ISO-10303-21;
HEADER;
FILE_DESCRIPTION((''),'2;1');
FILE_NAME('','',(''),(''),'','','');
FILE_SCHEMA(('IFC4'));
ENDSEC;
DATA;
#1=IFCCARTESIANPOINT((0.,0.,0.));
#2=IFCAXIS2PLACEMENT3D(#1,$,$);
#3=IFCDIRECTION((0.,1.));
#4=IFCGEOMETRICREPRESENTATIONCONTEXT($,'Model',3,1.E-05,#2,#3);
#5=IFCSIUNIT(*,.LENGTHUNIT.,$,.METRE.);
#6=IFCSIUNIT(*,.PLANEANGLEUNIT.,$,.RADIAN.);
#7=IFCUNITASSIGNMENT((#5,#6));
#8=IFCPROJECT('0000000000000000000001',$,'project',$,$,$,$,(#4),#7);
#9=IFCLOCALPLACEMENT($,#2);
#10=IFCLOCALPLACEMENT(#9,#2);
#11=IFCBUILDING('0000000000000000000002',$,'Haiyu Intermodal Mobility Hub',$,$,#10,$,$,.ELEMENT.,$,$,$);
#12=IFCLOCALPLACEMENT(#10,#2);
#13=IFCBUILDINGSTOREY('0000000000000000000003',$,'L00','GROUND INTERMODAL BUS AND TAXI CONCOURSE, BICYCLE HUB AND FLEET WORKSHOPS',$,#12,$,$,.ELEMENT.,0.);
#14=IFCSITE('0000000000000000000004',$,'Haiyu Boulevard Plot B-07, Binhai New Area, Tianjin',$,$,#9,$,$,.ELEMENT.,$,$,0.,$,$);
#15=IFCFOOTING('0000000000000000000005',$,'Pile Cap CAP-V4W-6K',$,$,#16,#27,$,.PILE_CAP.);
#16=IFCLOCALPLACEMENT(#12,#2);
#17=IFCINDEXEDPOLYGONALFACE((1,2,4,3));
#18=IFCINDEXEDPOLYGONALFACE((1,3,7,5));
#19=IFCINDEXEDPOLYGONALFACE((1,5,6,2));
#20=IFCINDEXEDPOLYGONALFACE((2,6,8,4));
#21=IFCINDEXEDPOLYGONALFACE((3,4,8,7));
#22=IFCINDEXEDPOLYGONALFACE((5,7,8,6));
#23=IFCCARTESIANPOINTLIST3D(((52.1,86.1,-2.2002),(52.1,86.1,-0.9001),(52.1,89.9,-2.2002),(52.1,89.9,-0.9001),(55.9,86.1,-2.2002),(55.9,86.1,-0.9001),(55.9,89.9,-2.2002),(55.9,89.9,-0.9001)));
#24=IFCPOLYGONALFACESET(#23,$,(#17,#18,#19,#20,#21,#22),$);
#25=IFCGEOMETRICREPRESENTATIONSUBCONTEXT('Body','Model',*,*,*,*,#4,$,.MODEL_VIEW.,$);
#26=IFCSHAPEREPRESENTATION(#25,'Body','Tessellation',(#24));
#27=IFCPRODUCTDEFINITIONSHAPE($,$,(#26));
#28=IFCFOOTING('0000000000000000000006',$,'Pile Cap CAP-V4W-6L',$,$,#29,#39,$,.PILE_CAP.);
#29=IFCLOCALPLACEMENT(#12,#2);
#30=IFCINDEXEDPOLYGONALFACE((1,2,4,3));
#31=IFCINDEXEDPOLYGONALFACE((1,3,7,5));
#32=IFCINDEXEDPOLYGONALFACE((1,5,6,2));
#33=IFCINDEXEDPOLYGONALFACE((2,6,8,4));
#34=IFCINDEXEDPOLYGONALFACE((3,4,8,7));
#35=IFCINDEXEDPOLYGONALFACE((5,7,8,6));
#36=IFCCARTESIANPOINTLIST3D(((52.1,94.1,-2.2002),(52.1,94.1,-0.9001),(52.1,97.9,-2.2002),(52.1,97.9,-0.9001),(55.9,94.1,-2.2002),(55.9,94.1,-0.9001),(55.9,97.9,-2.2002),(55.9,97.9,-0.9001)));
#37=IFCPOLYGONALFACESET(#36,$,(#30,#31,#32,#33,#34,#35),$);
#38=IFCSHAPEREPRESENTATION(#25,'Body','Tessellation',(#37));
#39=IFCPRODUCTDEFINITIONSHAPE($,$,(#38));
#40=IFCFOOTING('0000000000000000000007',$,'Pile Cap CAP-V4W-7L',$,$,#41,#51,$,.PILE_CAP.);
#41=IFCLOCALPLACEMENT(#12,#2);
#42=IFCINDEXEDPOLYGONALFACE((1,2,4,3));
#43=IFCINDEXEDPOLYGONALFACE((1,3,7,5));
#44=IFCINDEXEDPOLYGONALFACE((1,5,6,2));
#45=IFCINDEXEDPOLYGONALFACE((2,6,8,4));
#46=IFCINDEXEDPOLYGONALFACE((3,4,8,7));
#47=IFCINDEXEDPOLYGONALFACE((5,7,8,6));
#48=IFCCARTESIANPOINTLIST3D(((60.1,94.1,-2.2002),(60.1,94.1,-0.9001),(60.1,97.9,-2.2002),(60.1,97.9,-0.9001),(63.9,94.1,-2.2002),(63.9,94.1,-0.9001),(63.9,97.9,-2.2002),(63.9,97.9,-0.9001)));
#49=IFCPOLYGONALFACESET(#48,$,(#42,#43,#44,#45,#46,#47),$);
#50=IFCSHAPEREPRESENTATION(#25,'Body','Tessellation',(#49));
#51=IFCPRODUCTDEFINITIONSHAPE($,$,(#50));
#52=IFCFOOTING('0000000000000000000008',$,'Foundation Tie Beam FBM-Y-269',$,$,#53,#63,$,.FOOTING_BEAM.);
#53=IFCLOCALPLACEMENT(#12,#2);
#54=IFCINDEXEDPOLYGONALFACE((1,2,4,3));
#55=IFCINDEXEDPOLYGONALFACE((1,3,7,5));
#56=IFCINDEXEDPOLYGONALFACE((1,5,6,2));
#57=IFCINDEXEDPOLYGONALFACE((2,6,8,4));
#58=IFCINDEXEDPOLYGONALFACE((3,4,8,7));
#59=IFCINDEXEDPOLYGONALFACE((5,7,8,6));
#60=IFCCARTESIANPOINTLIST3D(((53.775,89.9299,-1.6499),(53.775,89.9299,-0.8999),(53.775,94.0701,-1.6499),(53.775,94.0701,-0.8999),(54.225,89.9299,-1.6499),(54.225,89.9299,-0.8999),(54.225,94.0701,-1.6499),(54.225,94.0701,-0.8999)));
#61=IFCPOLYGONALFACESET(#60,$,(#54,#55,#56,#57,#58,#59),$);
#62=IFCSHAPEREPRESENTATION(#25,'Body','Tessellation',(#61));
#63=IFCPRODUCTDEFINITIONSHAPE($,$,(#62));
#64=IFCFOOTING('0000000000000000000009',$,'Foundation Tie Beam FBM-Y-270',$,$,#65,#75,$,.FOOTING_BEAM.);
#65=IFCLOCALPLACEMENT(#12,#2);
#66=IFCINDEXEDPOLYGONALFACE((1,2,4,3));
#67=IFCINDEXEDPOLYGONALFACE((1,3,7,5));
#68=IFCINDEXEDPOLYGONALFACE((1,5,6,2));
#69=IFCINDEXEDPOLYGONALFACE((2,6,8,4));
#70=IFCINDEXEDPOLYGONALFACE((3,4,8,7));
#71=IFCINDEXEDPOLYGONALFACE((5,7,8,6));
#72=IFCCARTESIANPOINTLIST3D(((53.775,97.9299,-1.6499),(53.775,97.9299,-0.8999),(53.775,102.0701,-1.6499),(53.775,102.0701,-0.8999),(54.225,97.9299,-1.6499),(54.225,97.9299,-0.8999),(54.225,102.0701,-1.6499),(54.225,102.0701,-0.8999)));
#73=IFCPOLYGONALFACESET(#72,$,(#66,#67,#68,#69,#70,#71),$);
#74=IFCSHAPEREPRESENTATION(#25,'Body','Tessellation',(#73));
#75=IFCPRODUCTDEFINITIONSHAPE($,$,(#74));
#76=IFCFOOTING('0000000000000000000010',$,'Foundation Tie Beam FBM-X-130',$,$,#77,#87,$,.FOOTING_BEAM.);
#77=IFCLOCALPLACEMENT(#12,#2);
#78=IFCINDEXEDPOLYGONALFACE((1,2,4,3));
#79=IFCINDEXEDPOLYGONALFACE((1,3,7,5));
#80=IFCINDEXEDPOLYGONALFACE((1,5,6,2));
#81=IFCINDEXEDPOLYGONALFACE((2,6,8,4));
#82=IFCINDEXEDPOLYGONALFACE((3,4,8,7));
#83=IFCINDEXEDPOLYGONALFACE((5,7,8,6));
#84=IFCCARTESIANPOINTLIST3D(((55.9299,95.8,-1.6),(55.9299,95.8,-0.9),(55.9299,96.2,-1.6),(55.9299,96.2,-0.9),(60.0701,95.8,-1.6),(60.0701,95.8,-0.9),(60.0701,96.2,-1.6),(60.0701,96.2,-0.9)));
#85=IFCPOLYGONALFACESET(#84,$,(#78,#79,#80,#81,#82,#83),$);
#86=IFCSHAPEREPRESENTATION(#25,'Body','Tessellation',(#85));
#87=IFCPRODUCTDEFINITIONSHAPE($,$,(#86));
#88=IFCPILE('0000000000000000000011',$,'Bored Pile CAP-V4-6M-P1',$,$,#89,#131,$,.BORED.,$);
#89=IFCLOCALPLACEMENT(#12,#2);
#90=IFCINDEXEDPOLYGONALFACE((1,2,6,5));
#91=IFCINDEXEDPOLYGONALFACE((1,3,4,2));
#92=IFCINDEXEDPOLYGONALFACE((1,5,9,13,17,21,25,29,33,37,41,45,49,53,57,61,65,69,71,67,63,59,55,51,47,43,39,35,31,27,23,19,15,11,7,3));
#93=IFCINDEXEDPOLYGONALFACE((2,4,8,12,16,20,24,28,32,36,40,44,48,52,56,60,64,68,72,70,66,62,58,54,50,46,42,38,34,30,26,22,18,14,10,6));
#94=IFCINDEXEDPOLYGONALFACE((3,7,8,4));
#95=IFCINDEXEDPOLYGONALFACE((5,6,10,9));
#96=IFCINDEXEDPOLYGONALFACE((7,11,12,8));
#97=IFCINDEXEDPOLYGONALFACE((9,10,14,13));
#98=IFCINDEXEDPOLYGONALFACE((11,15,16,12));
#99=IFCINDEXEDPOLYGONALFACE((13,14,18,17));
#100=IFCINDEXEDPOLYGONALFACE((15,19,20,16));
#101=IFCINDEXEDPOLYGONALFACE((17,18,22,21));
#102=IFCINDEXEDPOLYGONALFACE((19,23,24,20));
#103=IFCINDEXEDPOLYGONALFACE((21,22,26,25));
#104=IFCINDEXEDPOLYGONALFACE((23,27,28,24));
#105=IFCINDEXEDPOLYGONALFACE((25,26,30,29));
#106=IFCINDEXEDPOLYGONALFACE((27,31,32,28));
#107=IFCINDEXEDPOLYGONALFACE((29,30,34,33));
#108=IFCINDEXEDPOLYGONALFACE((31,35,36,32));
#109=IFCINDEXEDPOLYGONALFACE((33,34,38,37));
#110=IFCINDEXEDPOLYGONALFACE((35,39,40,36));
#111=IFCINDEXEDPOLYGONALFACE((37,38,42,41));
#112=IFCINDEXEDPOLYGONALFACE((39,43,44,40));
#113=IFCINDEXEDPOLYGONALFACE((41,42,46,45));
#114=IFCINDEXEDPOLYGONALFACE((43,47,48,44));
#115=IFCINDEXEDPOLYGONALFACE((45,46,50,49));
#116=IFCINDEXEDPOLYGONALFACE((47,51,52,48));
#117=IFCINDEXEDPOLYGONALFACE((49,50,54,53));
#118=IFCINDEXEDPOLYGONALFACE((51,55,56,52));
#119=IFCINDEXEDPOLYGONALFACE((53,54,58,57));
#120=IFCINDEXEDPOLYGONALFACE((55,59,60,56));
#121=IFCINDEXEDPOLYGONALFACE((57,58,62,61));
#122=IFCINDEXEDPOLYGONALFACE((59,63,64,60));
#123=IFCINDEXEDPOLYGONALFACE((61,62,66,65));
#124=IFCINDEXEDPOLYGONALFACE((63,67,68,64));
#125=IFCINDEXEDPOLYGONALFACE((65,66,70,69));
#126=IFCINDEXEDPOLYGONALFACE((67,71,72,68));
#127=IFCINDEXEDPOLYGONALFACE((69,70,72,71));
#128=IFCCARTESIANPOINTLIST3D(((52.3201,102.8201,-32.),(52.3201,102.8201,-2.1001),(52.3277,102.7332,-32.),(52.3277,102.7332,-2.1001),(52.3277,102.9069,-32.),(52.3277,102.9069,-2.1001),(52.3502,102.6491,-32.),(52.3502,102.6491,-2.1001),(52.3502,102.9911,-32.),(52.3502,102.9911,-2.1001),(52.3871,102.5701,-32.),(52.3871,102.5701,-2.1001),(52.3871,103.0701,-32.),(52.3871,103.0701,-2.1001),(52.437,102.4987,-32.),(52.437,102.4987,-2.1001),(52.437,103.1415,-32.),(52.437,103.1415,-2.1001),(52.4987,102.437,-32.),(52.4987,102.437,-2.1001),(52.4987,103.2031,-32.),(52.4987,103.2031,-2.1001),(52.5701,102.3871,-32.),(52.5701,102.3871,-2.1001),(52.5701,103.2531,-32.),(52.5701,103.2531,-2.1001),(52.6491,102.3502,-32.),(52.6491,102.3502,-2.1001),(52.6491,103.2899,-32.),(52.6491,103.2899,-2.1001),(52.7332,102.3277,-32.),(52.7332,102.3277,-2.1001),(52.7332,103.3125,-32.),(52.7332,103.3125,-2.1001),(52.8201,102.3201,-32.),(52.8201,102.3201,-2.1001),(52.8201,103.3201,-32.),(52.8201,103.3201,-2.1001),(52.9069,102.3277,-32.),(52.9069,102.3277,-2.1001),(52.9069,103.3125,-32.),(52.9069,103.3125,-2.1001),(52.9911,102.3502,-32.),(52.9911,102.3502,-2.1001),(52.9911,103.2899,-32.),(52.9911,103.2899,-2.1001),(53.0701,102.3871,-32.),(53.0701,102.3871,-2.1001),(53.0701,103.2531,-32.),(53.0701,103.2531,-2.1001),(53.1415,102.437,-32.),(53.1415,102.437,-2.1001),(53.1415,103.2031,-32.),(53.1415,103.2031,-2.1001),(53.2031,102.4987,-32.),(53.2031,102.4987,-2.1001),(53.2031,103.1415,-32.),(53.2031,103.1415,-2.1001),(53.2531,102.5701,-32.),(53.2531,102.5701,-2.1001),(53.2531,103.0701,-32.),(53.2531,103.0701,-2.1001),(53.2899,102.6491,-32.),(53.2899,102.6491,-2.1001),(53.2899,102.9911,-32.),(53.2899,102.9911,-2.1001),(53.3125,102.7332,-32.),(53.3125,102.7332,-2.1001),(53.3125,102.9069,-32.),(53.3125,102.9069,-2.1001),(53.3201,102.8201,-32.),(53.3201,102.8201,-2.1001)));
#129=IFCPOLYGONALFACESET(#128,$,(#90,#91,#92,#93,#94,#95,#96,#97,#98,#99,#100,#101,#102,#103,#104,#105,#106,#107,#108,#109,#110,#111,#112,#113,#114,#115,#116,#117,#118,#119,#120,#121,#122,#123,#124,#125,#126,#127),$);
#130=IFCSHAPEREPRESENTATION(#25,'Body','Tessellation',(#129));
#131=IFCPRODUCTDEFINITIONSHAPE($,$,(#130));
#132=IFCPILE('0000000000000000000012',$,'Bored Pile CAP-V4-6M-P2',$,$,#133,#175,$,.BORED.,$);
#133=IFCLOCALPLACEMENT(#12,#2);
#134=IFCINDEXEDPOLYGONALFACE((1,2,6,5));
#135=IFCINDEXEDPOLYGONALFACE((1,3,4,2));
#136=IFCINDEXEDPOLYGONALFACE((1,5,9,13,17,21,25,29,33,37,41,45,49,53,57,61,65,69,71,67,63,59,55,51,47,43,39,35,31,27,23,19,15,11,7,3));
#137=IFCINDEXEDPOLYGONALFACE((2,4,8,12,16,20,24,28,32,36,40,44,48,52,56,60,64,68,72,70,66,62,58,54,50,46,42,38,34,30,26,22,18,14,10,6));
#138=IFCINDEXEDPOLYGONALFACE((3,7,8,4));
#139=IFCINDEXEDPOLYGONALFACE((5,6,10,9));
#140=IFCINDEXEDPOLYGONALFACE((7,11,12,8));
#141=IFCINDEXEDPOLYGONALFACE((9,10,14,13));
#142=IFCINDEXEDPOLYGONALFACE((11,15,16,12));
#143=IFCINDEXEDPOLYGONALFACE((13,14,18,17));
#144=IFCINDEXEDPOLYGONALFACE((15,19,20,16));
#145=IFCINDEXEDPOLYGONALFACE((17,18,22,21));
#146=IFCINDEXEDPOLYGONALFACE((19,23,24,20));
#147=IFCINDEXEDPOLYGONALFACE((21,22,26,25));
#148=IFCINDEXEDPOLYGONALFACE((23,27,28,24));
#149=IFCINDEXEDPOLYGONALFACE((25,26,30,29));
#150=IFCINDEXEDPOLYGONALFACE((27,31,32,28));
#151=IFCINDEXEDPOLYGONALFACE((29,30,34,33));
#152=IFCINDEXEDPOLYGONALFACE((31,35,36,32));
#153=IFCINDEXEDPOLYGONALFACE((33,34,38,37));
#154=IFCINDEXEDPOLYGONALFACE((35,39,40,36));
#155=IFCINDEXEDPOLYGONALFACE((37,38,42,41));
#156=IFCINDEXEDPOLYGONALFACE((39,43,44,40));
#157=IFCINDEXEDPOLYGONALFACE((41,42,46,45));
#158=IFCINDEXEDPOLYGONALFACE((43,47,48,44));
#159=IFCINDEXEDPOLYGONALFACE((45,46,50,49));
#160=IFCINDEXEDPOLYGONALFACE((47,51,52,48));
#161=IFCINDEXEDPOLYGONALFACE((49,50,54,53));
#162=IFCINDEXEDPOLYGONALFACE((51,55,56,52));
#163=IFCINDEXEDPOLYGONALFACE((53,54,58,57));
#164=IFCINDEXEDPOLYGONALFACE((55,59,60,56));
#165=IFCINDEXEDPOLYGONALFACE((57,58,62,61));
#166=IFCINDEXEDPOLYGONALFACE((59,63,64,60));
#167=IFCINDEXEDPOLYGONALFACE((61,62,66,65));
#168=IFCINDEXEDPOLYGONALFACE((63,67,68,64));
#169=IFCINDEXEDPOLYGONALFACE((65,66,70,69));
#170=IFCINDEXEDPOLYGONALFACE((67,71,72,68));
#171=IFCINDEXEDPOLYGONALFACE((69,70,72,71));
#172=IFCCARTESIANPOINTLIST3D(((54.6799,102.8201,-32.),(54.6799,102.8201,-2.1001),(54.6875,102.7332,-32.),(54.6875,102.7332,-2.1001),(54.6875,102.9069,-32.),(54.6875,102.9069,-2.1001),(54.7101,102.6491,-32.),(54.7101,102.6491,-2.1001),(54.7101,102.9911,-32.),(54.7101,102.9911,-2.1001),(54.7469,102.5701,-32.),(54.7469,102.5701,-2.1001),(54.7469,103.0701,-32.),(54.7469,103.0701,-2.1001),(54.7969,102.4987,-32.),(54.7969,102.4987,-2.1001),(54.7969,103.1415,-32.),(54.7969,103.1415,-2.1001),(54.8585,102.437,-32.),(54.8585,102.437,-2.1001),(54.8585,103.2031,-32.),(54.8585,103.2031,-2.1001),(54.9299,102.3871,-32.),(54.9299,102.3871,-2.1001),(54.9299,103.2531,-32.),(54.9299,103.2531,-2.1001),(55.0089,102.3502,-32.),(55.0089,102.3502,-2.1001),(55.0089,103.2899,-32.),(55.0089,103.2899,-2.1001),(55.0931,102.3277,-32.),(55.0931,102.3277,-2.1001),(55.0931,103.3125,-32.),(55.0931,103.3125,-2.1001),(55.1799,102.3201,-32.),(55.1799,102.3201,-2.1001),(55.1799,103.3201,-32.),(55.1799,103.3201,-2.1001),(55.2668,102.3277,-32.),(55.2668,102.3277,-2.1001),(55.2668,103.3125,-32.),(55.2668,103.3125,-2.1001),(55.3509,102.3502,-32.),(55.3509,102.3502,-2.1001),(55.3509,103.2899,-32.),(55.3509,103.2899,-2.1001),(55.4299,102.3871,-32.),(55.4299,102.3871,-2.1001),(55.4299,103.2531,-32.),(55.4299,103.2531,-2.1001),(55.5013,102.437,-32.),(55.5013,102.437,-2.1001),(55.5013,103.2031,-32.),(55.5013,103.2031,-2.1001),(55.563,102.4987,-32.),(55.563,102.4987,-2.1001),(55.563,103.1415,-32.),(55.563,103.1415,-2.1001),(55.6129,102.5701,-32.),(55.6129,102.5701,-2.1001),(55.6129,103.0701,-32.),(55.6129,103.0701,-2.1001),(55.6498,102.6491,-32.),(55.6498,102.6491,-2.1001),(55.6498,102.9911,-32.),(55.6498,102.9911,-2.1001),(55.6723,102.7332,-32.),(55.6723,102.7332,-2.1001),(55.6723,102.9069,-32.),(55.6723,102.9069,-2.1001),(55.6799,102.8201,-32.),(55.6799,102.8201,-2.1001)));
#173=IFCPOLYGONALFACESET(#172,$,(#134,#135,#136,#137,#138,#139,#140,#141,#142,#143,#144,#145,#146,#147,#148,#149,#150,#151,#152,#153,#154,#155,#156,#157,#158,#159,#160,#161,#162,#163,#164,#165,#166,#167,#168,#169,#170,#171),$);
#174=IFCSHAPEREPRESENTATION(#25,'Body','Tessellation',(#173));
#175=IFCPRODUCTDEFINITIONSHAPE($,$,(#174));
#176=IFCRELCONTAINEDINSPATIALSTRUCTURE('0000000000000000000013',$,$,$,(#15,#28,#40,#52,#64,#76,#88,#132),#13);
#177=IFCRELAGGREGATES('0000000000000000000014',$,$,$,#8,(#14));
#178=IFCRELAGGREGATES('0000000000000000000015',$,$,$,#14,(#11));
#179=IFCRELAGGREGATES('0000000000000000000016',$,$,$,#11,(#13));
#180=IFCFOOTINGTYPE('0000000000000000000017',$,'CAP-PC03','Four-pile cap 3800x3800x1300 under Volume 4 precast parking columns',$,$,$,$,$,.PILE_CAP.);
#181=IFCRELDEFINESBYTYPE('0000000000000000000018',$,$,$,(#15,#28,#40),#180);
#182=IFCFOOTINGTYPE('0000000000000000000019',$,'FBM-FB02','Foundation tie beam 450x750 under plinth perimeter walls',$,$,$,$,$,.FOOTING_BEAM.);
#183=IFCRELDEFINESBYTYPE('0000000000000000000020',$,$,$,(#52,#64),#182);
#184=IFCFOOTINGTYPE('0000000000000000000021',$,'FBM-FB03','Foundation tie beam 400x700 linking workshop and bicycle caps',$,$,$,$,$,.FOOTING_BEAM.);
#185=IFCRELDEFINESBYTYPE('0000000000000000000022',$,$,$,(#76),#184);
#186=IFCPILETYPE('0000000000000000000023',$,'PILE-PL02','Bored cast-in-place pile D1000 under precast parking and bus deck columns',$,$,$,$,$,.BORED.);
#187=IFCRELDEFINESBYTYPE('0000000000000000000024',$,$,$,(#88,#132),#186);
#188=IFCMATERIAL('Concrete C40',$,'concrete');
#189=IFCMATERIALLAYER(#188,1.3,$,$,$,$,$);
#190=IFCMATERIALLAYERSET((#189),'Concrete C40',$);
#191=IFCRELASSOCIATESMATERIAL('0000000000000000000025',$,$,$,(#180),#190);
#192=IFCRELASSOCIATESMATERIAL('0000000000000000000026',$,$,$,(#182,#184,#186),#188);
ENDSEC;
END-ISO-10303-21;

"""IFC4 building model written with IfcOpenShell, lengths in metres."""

from ifc_helpers import new_model, si_unit, direction, frame, origin, origin_2d, place, context, subcontext, project, spatial, rectangle, circle, extrude, material, layer, layer_set, material_profile, profile_set, type_object, element, save


model = new_model("IFC4")

# Units and contexts
model_context = context("Model", 3, precision=1e-05, world=origin(), true_north=direction((0.0, 1.0)))
body_context = subcontext(model_context, "Body", "Model", "MODEL_VIEW")
ifc_project = project(units=[si_unit("LENGTHUNIT", "METRE"), si_unit("PLANEANGLEUNIT", "RADIAN")], contexts=[model_context])

# Site, building, storey
site_placement = place(None, origin())
site = spatial("IfcSite", under=ifc_project, at=site_placement, Name="Haiyu Boulevard Plot B-07, Binhai New Area, Tianjin", CompositionType="ELEMENT", RefElevation=0.0)
building_placement = place(site_placement, origin())
building = spatial("IfcBuilding", under=site, at=building_placement, Name="Haiyu Intermodal Mobility Hub", CompositionType="ELEMENT")
storey_placement = place(building_placement, origin())
storey = spatial("IfcBuildingStorey", under=building, at=storey_placement, Name="L00", Description="GROUND INTERMODAL BUS AND TAXI CONCOURSE, BICYCLE HUB AND FLEET WORKSHOPS", CompositionType="ELEMENT", Elevation=0.0)

# Footings
ifc_material_1 = material(Name="Concrete C40", Category="concrete")
ifc_layer_1 = layer(ifc_material_1, 1.3)
ifc_layer_set_1 = layer_set([ifc_layer_1], Name="Concrete C40")
footing_type_1 = type_object("IfcFootingType", Name="CAP-PC03", Description="Four-pile cap 3800x3800x1300 under Volume 4 precast parking columns", PredefinedType="PILE_CAP", material=ifc_layer_set_1)
for number, where, z_axis, x_axis, name in (
    (1, (54.0, 88.0, -2.2002), (0.0, 0.0, 1.0), (1.0, 0.0, 0.0), "Pile Cap CAP-V4W-6K"),
    (2, (54.0, 96.0, -2.2002), (0.0, 0.0, 1.0), (1.0, 0.0, 0.0), "Pile Cap CAP-V4W-6L"),
    (3, (62.0, 96.0, -2.2002), (0.0, 0.0, 1.0), (1.0, 0.0, 0.0), "Pile Cap CAP-V4W-7L"),
):
    element("IfcFooting", number, at=place(storey_placement, frame(where, z_axis=z_axis, x_axis=x_axis)), inside=storey, type_object=footing_type_1, Name=name, PredefinedType="PILE_CAP", context=body_context, shape_type="SweptSolid", body=[
        extrude(rectangle(XDim=3.8, YDim=3.8, at=origin_2d()), origin(), (0.0, 0.0, 1.0), 1.3),
    ])
ifc_material_profile_1 = material_profile(ifc_material_1, rectangle(XDim=0.45, YDim=0.75, at=origin_2d()), Name="FB450x750")
ifc_profile_set_1 = profile_set([ifc_material_profile_1], Name="Concrete C40")
footing_type_2 = type_object("IfcFootingType", Name="FBM-FB02", Description="Foundation tie beam 450x750 under plinth perimeter walls", PredefinedType="FOOTING_BEAM", material=ifc_profile_set_1)
for number, where, z_axis, x_axis, name in (
    (4, (54.0, 89.9299, -1.2749), (0.0, 1.0, 0.0), (-1.0, 0.0, 0.0), "Foundation Tie Beam FBM-Y-269"),
    (5, (54.0, 97.9299, -1.2749), (0.0, 1.0, 0.0), (-1.0, 0.0, 0.0), "Foundation Tie Beam FBM-Y-270"),
):
    element("IfcFooting", number, at=place(storey_placement, frame(where, z_axis=z_axis, x_axis=x_axis)), inside=storey, type_object=footing_type_2, Name=name, PredefinedType="FOOTING_BEAM", context=body_context, shape_type="SweptSolid", body=[
        extrude(rectangle(XDim=0.45, YDim=0.75, at=origin_2d()), origin(), (0.0, 0.0, 1.0), 4.1401),
    ])
ifc_material_profile_2 = material_profile(ifc_material_1, rectangle(XDim=0.3999, YDim=0.7, at=origin_2d()), Name="FB400x700")
ifc_profile_set_2 = profile_set([ifc_material_profile_2], Name="Concrete C40")
footing_type_3 = type_object("IfcFootingType", Name="FBM-FB03", Description="Foundation tie beam 400x700 linking workshop and bicycle caps", PredefinedType="FOOTING_BEAM", material=ifc_profile_set_2)
footing_placement = place(storey_placement, frame((55.9299, 96.0, -1.25), z_axis=(1.0, 0.0, 0.0), x_axis=(0.0, 1.0, 0.0)))
element("IfcFooting", 6, at=footing_placement, inside=storey, type_object=footing_type_3, Name="Foundation Tie Beam FBM-X-130", PredefinedType="FOOTING_BEAM", context=body_context, shape_type="SweptSolid", body=[
    extrude(rectangle(XDim=0.3999, YDim=0.7, at=origin_2d()), origin(), (0.0, 0.0, 1.0), 4.1401),
])

# Piles
ifc_material_profile_3 = material_profile(ifc_material_1, circle(Radius=0.5, at=origin_2d()), Name="PILE-D1000")
ifc_profile_set_3 = profile_set([ifc_material_profile_3], Name="Concrete C40")
pile_type = type_object("IfcPileType", Name="PILE-PL02", Description="Bored cast-in-place pile D1000 under precast parking and bus deck columns", PredefinedType="BORED", material=ifc_profile_set_3)
for number, where, z_axis, x_axis, name in (
    (7, (52.8201, 102.8201, -2.1001), (0.0, 0.0, -1.0), (1.0, 0.0, 0.0), "Bored Pile CAP-V4-6M-P1"),
    (8, (55.1799, 102.8201, -2.1001), (0.0, 0.0, -1.0), (1.0, 0.0, 0.0), "Bored Pile CAP-V4-6M-P2"),
):
    element("IfcPile", number, at=place(storey_placement, frame(where, z_axis=z_axis, x_axis=x_axis)), inside=storey, type_object=pile_type, Name=name, PredefinedType="BORED", context=body_context, shape_type="SweptSolid", body=[
        extrude(circle(Radius=0.5, at=origin_2d()), origin(), (0.0, 0.0, 1.0), 29.8999),
    ])

save(model, "model.ifc")
